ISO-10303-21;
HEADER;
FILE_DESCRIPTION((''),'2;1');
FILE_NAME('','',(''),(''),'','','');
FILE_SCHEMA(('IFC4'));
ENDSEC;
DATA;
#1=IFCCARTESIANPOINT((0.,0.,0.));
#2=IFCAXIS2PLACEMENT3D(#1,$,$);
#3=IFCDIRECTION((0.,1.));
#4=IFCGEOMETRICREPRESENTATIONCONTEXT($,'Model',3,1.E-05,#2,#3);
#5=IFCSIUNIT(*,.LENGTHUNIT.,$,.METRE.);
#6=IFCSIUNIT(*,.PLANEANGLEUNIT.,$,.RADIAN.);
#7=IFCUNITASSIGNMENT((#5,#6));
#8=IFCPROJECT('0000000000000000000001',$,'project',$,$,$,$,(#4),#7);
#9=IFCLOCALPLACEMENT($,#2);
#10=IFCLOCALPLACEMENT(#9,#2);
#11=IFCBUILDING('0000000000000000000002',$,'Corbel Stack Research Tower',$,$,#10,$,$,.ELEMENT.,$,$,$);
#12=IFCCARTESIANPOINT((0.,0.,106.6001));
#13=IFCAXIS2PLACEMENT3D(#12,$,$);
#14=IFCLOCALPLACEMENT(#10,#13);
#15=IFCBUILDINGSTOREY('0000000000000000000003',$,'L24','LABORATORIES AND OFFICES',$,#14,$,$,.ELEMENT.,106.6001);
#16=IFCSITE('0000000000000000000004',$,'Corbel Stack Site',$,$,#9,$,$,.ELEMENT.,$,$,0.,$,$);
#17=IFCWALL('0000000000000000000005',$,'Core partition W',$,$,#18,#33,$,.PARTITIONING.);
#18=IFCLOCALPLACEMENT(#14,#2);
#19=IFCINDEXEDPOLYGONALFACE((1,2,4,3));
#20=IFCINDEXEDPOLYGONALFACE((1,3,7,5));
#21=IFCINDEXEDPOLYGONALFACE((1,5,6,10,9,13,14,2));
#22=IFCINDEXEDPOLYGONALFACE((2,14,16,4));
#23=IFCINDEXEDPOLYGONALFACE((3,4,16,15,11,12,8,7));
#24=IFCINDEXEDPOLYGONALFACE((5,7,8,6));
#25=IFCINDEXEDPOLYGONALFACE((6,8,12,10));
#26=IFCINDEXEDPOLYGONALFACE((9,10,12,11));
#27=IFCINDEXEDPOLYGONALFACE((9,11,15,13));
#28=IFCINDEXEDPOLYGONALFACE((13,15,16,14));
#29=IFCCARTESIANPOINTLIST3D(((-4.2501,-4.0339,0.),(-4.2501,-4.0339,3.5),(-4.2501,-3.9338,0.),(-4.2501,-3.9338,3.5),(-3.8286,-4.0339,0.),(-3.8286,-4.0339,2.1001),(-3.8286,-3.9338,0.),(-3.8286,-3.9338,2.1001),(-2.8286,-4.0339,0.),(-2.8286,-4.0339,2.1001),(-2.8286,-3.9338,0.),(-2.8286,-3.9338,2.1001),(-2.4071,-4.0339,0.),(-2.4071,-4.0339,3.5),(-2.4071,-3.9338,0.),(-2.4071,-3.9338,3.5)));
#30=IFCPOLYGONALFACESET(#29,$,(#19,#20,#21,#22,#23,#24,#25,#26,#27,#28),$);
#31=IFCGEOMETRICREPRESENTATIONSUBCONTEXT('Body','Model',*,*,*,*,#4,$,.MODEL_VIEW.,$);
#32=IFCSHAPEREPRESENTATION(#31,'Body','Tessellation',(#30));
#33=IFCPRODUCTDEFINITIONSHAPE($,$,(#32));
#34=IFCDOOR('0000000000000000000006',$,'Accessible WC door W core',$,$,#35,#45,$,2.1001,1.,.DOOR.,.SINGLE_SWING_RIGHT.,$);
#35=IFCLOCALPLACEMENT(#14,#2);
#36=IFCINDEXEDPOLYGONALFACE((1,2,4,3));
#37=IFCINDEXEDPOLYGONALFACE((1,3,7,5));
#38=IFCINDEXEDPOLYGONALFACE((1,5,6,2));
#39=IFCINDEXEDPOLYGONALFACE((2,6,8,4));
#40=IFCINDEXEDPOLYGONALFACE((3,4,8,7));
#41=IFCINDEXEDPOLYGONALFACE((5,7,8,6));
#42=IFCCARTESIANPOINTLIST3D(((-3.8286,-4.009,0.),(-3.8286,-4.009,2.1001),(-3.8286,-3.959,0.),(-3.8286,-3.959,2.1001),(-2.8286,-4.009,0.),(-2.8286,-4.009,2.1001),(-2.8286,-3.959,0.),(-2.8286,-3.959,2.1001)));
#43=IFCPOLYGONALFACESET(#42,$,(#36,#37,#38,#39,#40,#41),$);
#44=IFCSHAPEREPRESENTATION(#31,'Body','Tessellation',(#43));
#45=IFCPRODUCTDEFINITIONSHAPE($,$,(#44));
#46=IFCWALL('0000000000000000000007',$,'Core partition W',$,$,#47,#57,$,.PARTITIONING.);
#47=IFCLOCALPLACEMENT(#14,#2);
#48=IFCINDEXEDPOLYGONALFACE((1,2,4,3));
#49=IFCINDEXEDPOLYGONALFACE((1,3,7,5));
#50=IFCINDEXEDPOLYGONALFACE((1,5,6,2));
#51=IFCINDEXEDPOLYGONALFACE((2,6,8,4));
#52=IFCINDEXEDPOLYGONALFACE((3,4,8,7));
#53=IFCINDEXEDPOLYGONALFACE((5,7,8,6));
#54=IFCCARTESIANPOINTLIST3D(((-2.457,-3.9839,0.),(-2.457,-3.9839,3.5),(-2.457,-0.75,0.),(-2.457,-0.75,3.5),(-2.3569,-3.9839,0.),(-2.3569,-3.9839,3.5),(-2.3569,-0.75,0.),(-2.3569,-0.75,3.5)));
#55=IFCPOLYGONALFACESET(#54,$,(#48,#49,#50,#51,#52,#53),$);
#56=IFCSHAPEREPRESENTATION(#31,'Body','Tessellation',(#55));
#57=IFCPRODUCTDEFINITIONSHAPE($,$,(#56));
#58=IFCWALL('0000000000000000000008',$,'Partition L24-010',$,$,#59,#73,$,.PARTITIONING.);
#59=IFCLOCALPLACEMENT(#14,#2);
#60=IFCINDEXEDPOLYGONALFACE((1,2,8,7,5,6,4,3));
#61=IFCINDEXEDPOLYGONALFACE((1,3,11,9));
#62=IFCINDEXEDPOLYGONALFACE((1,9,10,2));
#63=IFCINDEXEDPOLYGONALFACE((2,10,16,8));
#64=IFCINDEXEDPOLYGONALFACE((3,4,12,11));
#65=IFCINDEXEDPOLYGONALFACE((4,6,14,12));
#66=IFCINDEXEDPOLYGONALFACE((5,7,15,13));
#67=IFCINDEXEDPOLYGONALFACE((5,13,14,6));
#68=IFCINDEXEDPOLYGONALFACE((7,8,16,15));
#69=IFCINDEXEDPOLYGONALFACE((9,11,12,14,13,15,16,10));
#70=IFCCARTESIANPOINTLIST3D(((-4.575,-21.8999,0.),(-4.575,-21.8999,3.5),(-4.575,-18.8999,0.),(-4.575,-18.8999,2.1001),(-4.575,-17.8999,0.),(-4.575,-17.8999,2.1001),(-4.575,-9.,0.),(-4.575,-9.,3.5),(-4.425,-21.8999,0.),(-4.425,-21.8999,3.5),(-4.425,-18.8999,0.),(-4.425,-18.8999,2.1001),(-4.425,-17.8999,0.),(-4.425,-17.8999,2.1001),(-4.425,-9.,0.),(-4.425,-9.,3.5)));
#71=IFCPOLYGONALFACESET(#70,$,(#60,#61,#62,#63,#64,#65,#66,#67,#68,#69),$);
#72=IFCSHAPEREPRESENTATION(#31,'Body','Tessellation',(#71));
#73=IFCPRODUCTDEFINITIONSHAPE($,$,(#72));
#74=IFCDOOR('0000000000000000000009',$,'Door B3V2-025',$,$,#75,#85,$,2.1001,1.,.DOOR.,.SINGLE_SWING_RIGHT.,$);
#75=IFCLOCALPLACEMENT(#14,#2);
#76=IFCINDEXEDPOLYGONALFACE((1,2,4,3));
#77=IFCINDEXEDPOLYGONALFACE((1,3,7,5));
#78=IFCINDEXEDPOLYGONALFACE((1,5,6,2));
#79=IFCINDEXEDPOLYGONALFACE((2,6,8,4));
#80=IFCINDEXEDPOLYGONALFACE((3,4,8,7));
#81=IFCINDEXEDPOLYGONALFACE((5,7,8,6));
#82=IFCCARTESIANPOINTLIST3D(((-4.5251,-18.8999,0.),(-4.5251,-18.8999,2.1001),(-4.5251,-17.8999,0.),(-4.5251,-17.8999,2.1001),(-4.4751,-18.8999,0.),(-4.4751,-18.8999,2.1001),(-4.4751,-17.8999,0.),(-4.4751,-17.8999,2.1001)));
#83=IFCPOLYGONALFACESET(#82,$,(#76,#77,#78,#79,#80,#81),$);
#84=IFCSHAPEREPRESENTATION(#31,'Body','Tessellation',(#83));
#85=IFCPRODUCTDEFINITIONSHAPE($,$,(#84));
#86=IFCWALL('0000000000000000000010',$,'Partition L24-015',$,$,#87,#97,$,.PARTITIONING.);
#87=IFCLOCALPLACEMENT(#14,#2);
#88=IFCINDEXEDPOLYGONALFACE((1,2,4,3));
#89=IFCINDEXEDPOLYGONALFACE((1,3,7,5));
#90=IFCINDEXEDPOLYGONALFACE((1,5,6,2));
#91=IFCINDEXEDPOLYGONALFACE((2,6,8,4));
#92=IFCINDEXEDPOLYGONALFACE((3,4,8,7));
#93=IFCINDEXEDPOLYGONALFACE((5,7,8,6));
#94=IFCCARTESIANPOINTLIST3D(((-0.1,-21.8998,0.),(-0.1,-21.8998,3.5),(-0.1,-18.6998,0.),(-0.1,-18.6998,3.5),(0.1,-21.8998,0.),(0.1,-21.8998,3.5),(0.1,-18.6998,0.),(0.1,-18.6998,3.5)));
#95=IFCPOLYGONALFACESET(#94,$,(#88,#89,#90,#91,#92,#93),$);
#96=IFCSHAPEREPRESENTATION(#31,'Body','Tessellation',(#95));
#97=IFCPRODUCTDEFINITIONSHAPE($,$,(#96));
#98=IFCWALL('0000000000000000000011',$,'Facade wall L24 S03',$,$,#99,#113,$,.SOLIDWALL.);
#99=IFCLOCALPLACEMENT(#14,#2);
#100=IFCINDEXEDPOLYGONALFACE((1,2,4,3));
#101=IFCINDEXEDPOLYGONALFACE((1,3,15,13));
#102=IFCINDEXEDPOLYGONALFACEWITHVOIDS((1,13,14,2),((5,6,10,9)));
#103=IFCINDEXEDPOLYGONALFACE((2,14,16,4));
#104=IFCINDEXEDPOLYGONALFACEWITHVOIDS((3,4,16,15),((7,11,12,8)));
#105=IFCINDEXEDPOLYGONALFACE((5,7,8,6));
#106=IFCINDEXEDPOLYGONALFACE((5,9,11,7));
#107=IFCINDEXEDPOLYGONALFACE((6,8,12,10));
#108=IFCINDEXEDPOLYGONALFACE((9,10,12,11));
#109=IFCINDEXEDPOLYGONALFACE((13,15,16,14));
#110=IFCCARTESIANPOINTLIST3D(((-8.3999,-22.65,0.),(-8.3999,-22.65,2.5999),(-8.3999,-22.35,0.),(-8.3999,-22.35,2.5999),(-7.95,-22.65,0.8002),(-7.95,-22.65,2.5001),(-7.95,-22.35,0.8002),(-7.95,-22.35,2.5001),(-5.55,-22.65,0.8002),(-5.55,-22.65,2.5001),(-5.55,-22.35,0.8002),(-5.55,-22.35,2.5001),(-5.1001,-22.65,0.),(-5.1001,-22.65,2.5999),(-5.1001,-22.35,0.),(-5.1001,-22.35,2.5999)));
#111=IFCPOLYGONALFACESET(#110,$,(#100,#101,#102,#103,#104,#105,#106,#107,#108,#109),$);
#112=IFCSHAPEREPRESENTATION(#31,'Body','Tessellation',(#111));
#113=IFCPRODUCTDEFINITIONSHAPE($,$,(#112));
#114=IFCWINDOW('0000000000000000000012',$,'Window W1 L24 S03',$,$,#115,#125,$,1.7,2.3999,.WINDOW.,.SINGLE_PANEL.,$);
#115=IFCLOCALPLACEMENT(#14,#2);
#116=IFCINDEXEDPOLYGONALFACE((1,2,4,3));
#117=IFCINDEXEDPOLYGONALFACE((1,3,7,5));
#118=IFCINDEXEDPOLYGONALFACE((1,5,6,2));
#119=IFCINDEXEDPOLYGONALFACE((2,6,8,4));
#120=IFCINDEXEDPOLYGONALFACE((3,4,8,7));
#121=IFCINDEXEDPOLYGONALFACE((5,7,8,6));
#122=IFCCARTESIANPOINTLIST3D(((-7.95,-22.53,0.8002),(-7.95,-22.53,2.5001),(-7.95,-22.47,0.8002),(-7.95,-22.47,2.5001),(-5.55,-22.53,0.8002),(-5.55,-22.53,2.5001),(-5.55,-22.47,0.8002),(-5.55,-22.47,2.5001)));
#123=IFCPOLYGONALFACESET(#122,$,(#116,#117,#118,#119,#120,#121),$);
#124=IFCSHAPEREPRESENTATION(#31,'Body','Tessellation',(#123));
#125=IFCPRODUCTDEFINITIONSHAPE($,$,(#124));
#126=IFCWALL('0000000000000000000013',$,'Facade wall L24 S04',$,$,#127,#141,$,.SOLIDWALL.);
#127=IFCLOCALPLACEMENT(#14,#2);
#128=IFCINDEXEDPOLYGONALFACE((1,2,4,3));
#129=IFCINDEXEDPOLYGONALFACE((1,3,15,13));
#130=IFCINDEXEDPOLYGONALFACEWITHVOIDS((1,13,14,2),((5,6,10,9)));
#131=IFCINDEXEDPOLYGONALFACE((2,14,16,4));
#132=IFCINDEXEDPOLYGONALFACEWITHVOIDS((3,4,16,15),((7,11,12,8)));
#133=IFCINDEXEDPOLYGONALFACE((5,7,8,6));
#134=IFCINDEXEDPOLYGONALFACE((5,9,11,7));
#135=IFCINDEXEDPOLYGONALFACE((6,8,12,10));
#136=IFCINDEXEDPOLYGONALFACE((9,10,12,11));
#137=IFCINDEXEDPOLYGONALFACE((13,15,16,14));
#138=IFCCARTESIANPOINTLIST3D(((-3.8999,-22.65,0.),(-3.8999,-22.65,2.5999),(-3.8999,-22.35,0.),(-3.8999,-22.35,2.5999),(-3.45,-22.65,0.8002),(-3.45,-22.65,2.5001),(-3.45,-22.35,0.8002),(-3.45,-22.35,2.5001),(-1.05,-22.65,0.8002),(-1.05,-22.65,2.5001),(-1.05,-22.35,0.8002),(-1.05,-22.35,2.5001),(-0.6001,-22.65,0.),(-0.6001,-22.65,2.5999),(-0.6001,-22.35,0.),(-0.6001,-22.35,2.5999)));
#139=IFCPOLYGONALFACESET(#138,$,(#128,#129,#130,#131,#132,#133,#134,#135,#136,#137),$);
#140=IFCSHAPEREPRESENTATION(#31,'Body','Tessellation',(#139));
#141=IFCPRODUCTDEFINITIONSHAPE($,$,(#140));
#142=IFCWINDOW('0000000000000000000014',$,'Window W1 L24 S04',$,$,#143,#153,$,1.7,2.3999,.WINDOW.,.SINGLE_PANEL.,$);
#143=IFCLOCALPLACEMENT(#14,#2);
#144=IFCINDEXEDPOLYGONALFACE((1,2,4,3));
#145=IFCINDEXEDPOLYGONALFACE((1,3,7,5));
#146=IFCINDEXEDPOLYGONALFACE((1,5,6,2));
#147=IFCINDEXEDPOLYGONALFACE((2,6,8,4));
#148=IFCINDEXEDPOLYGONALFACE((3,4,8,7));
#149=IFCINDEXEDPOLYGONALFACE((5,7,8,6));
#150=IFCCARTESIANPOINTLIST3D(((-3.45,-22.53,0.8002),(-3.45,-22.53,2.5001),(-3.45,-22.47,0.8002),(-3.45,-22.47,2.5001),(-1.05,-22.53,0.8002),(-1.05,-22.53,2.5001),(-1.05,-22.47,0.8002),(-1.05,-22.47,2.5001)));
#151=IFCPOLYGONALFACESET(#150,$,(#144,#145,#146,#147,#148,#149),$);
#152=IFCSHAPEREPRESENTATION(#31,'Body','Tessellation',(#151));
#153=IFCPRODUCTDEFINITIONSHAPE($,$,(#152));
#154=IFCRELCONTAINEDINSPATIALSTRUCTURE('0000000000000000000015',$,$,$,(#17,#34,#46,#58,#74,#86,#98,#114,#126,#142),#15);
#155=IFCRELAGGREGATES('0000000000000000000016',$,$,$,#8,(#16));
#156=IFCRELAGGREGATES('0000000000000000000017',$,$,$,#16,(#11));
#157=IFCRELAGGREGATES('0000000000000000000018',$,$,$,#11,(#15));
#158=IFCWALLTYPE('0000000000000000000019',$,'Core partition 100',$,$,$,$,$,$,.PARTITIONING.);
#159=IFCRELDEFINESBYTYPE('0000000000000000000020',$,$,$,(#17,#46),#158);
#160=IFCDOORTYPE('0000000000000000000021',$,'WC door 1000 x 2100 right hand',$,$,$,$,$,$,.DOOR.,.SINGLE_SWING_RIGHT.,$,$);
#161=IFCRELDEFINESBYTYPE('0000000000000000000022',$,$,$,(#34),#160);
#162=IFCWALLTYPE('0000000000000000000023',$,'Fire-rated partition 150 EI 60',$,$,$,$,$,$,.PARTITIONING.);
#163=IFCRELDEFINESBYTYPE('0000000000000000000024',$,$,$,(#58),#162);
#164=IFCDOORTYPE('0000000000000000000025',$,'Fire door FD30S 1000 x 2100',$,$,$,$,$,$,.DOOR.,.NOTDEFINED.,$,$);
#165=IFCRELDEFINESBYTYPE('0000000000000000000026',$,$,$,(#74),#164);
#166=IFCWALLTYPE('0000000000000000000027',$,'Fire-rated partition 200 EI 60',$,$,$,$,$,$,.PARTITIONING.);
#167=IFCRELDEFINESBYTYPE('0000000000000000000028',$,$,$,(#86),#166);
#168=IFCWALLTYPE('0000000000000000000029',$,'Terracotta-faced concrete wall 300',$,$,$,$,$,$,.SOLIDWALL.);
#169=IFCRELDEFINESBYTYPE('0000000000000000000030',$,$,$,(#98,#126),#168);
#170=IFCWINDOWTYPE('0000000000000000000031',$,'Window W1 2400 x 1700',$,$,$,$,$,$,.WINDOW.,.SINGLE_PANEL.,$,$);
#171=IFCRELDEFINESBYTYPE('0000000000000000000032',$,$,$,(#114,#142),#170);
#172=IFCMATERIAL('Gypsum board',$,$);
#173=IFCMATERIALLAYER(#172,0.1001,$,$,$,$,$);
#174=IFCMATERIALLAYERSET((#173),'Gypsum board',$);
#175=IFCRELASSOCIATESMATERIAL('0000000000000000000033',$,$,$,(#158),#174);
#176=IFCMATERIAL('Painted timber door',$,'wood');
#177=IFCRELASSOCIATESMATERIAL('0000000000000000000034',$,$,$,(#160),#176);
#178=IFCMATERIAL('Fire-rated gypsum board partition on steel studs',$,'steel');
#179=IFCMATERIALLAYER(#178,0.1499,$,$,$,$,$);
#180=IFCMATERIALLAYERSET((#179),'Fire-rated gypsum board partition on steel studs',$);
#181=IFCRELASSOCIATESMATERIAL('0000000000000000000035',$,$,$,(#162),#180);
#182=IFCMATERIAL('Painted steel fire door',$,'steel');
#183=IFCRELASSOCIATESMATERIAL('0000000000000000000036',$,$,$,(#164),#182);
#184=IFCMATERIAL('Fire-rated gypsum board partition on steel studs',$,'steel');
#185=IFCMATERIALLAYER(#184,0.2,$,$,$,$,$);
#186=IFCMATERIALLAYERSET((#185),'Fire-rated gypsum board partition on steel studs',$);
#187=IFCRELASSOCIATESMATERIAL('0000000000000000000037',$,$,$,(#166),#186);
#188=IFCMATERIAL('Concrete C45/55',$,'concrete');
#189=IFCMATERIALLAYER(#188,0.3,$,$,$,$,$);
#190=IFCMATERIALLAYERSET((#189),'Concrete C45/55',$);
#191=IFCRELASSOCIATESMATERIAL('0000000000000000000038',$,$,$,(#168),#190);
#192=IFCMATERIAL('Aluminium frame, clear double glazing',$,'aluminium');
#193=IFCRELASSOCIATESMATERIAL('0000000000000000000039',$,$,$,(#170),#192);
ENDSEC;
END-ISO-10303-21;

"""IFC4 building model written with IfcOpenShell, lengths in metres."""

from ifc_helpers import new_model, si_unit, direction, frame, frame_2d, origin, place, context, subcontext, project, spatial, rectangle, extrude, material, layer, layer_set, type_object, element, fill, save


model = new_model("IFC4")

# Units and contexts
model_context = context("Model", 3, precision=1e-05, world=origin(), true_north=direction((0.0, 1.0)))
body_context = subcontext(model_context, "Body", "Model", "MODEL_VIEW")
ifc_project = project(units=[si_unit("LENGTHUNIT", "METRE"), si_unit("PLANEANGLEUNIT", "RADIAN")], contexts=[model_context])

# Site, building, storey
site_placement = place(None, origin())
site = spatial("IfcSite", under=ifc_project, at=site_placement, Name="Corbel Stack Site", CompositionType="ELEMENT", RefElevation=0.0)
building_placement = place(site_placement, origin())
building = spatial("IfcBuilding", under=site, at=building_placement, Name="Corbel Stack Research Tower", CompositionType="ELEMENT")
storey_placement = place(building_placement, frame((0.0, 0.0, 106.6001)))
storey = spatial("IfcBuildingStorey", under=building, at=storey_placement, Name="L24", Description="LABORATORIES AND OFFICES", CompositionType="ELEMENT", Elevation=106.6001)

# Wall, opening, door
ifc_material_1 = material(Name="Gypsum board")
ifc_layer_1 = layer(ifc_material_1, 0.1001)
ifc_layer_set_1 = layer_set([ifc_layer_1], Name="Gypsum board")
wall_type_1 = type_object("IfcWallType", Name="Core partition 100", PredefinedType="PARTITIONING", material=ifc_layer_set_1)
ifc_material_2 = material(Name="Painted timber door", Category="wood")
door_type_1 = type_object("IfcDoorType", Name="WC door 1000 x 2100 right hand", OperationType="SINGLE_SWING_RIGHT", PredefinedType="DOOR", material=ifc_material_2)
wall_1_placement = place(storey_placement, frame((-4.25, -3.9839, 0.0), z_axis=(0.0, 0.0, 1.0), x_axis=(1.0, 0.0, 0.0)))
wall_1 = element("IfcWall", 1, at=wall_1_placement, inside=storey, type_object=wall_type_1, Name="Core partition W", PredefinedType="PARTITIONING", context=body_context, shape_type="SweptSolid", body=[
    extrude(rectangle(XDim=1.843, YDim=0.1001, at=frame_2d((0.9214, 0.0))), origin(), (0.0, 0.0, 1.0), 3.5),
])
opening_1_placement = place(wall_1_placement, frame((0.4214, 0.0, 0.0)))
opening_1 = element("IfcOpeningElement", 2, at=opening_1_placement, cuts=wall_1, PredefinedType="OPENING", context=body_context, shape_type="SweptSolid", body=[
    extrude(rectangle(XDim=1.0, YDim=2.1001, at=frame_2d((0.5, 1.05))), frame((0.0, 0.0601, 0.0), z_axis=(0.0, -1.0, 0.0), x_axis=(1.0, 0.0, 0.0)), (0.0, 0.0, 1.0), 0.1201),
])
door_1_placement = place(opening_1_placement, origin())
door_1 = element("IfcDoor", 3, at=door_1_placement, inside=storey, type_object=door_type_1, Name="Accessible WC door W core", OperationType="SINGLE_SWING_RIGHT", OverallHeight=2.1001, OverallWidth=1.0, PredefinedType="DOOR", context=body_context, shape_type="SweptSolid", body=[
    extrude(rectangle(XDim=1.0, YDim=2.1001, at=frame_2d((0.5, 1.05))), frame((0.0, 0.0249, 0.0), z_axis=(0.0, -1.0, 0.0), x_axis=(1.0, 0.0, 0.0)), (0.0, 0.0, 1.0), 0.05),
])
fill(opening_1, door_1)

# Wall
wall_2_placement = place(storey_placement, frame((-2.407, -3.9839, 0.0), z_axis=(0.0, 0.0, 1.0), x_axis=(0.0, 1.0, 0.0)))
element("IfcWall", 4, at=wall_2_placement, inside=storey, type_object=wall_type_1, Name="Core partition W", PredefinedType="PARTITIONING", context=body_context, shape_type="SweptSolid", body=[
    extrude(rectangle(XDim=3.2339, YDim=0.1001, at=frame_2d((1.6169, 0.0))), origin(), (0.0, 0.0, 1.0), 3.5),
])

# Wall, opening, door
ifc_material_3 = material(Name="Fire-rated gypsum board partition on steel studs", Category="steel")
ifc_layer_2 = layer(ifc_material_3, 0.1499)
ifc_layer_set_2 = layer_set([ifc_layer_2], Name="Fire-rated gypsum board partition on steel studs")
wall_type_2 = type_object("IfcWallType", Name="Fire-rated partition 150 EI 60", PredefinedType="PARTITIONING", material=ifc_layer_set_2)
wall_3_placement = place(storey_placement, frame((-4.5, -9.0, 0.0), z_axis=(0.0, 0.0, 1.0), x_axis=(0.0, -1.0, 0.0)))
wall_3 = element("IfcWall", 5, at=wall_3_placement, inside=storey, type_object=wall_type_2, Name="Partition L24-010", PredefinedType="PARTITIONING", context=body_context, shape_type="SweptSolid", body=[
    extrude(rectangle(XDim=12.8999, YDim=0.1499, at=frame_2d((6.45, 0.0))), origin(), (0.0, 0.0, 1.0), 3.5),
])
opening_2_placement = place(wall_3_placement, frame((8.8999, 0.0, 0.0)))
opening_2 = element("IfcOpeningElement", 6, at=opening_2_placement, cuts=wall_3, PredefinedType="OPENING", context=body_context, shape_type="SweptSolid", body=[
    extrude(rectangle(XDim=1.0, YDim=2.1001, at=frame_2d((0.5, 1.05))), frame((0.0, 0.085, 0.0), z_axis=(0.0, -1.0, 0.0), x_axis=(1.0, 0.0, 0.0)), (0.0, 0.0, 1.0), 0.1699),
])
ifc_material_4 = material(Name="Painted steel fire door", Category="steel")
door_type_2 = type_object("IfcDoorType", Name="Fire door FD30S 1000 x 2100", OperationType="NOTDEFINED", PredefinedType="DOOR", material=ifc_material_4)
door_2_placement = place(opening_2_placement, origin())
door_2 = element("IfcDoor", 7, at=door_2_placement, inside=storey, type_object=door_type_2, Name="Door B3V2-025", OperationType="SINGLE_SWING_RIGHT", OverallHeight=2.1001, OverallWidth=1.0, PredefinedType="DOOR", context=body_context, shape_type="SweptSolid", body=[
    extrude(rectangle(XDim=1.0, YDim=2.1001, at=frame_2d((0.5, 1.05))), frame((0.0, 0.0249, 0.0), z_axis=(0.0, -1.0, 0.0), x_axis=(1.0, 0.0, 0.0)), (0.0, 0.0, 1.0), 0.05),
])
fill(opening_2, door_2)

# Wall
ifc_material_5 = material(Name="Fire-rated gypsum board partition on steel studs", Category="steel")
ifc_layer_3 = layer(ifc_material_5, 0.2)
ifc_layer_set_3 = layer_set([ifc_layer_3], Name="Fire-rated gypsum board partition on steel studs")
wall_type_3 = type_object("IfcWallType", Name="Fire-rated partition 200 EI 60", PredefinedType="PARTITIONING", material=ifc_layer_set_3)
wall_4_placement = place(storey_placement, frame((0.0, -21.8999, 0.0), z_axis=(0.0, 0.0, 1.0), x_axis=(0.0, 1.0, 0.0)))
element("IfcWall", 8, at=wall_4_placement, inside=storey, type_object=wall_type_3, Name="Partition L24-015", PredefinedType="PARTITIONING", context=body_context, shape_type="SweptSolid", body=[
    extrude(rectangle(XDim=3.2, YDim=0.2, at=frame_2d((1.6001, 0.0))), origin(), (0.0, 0.0, 1.0), 3.5),
])

# Walls, openings, windows
ifc_material_6 = material(Name="Concrete C45/55", Category="concrete")
ifc_layer_4 = layer(ifc_material_6, 0.3)
ifc_layer_set_4 = layer_set([ifc_layer_4], Name="Concrete C45/55")
wall_type_4 = type_object("IfcWallType", Name="Terracotta-faced concrete wall 300", PredefinedType="SOLIDWALL", material=ifc_layer_set_4)
wall_5_placement = place(storey_placement, frame((-5.1001, -22.5, 0.0), z_axis=(0.0, 0.0, 1.0), x_axis=(-1.0, 0.0, 0.0)))
wall_5 = element("IfcWall", 9, at=wall_5_placement, inside=storey, type_object=wall_type_4, Name="Facade wall L24 S03", PredefinedType="SOLIDWALL", context=body_context, shape_type="SweptSolid", body=[
    extrude(rectangle(XDim=3.2998, YDim=0.3, at=frame_2d((1.6499, 0.0))), origin(), (0.0, 0.0, 1.0), 2.5999),
])
opening_3_placement = place(wall_5_placement, frame((0.45, 0.0, 0.8)))
opening_3 = element("IfcOpeningElement", 10, at=opening_3_placement, cuts=wall_5, PredefinedType="OPENING", context=body_context, shape_type="SweptSolid", body=[
    extrude(rectangle(XDim=2.3999, YDim=1.7, at=frame_2d((1.2, 0.8501))), frame((0.0, 0.1599, 0.0), z_axis=(0.0, -1.0, 0.0), x_axis=(1.0, 0.0, 0.0)), (0.0, 0.0, 1.0), 0.3201),
])
ifc_material_7 = material(Name="Aluminium frame, clear double glazing", Category="aluminium")
window_type = type_object("IfcWindowType", Name="Window W1 2400 x 1700", PartitioningType="SINGLE_PANEL", PredefinedType="WINDOW", material=ifc_material_7)
window_1_placement = place(opening_3_placement, origin())
window_1 = element("IfcWindow", 11, at=window_1_placement, inside=storey, type_object=window_type, Name="Window W1 L24 S03", OverallHeight=1.7, OverallWidth=2.3999, PartitioningType="SINGLE_PANEL", PredefinedType="WINDOW", context=body_context, shape_type="SweptSolid", body=[
    extrude(rectangle(XDim=2.3999, YDim=1.7, at=frame_2d((1.2, 0.8501))), frame((0.0, 0.03, 0.0), z_axis=(0.0, -1.0, 0.0), x_axis=(1.0, 0.0, 0.0)), (0.0, 0.0, 1.0), 0.0601),
])
fill(opening_3, window_1)
wall_6_placement = place(storey_placement, frame((-0.6001, -22.5, 0.0), z_axis=(0.0, 0.0, 1.0), x_axis=(-1.0, 0.0, 0.0)))
wall_6 = element("IfcWall", 12, at=wall_6_placement, inside=storey, type_object=wall_type_4, Name="Facade wall L24 S04", PredefinedType="SOLIDWALL", context=body_context, shape_type="SweptSolid", body=[
    extrude(rectangle(XDim=3.2998, YDim=0.3, at=frame_2d((1.6499, 0.0))), origin(), (0.0, 0.0, 1.0), 2.5999),
])
opening_4_placement = place(wall_6_placement, frame((0.45, 0.0, 0.8)))
opening_4 = element("IfcOpeningElement", 13, at=opening_4_placement, cuts=wall_6, PredefinedType="OPENING", context=body_context, shape_type="SweptSolid", body=[
    extrude(rectangle(XDim=2.3999, YDim=1.7, at=frame_2d((1.2, 0.8501))), frame((0.0, 0.1599, 0.0), z_axis=(0.0, -1.0, 0.0), x_axis=(1.0, 0.0, 0.0)), (0.0, 0.0, 1.0), 0.3201),
])
window_2_placement = place(opening_4_placement, origin())
window_2 = element("IfcWindow", 14, at=window_2_placement, inside=storey, type_object=window_type, Name="Window W1 L24 S04", OverallHeight=1.7, OverallWidth=2.3999, PartitioningType="SINGLE_PANEL", PredefinedType="WINDOW", context=body_context, shape_type="SweptSolid", body=[
    extrude(rectangle(XDim=2.3999, YDim=1.7, at=frame_2d((1.2, 0.8501))), frame((0.0, 0.03, 0.0), z_axis=(0.0, -1.0, 0.0), x_axis=(1.0, 0.0, 0.0)), (0.0, 0.0, 1.0), 0.0601),
])
fill(opening_4, window_2)

save(model, "model.ifc")
